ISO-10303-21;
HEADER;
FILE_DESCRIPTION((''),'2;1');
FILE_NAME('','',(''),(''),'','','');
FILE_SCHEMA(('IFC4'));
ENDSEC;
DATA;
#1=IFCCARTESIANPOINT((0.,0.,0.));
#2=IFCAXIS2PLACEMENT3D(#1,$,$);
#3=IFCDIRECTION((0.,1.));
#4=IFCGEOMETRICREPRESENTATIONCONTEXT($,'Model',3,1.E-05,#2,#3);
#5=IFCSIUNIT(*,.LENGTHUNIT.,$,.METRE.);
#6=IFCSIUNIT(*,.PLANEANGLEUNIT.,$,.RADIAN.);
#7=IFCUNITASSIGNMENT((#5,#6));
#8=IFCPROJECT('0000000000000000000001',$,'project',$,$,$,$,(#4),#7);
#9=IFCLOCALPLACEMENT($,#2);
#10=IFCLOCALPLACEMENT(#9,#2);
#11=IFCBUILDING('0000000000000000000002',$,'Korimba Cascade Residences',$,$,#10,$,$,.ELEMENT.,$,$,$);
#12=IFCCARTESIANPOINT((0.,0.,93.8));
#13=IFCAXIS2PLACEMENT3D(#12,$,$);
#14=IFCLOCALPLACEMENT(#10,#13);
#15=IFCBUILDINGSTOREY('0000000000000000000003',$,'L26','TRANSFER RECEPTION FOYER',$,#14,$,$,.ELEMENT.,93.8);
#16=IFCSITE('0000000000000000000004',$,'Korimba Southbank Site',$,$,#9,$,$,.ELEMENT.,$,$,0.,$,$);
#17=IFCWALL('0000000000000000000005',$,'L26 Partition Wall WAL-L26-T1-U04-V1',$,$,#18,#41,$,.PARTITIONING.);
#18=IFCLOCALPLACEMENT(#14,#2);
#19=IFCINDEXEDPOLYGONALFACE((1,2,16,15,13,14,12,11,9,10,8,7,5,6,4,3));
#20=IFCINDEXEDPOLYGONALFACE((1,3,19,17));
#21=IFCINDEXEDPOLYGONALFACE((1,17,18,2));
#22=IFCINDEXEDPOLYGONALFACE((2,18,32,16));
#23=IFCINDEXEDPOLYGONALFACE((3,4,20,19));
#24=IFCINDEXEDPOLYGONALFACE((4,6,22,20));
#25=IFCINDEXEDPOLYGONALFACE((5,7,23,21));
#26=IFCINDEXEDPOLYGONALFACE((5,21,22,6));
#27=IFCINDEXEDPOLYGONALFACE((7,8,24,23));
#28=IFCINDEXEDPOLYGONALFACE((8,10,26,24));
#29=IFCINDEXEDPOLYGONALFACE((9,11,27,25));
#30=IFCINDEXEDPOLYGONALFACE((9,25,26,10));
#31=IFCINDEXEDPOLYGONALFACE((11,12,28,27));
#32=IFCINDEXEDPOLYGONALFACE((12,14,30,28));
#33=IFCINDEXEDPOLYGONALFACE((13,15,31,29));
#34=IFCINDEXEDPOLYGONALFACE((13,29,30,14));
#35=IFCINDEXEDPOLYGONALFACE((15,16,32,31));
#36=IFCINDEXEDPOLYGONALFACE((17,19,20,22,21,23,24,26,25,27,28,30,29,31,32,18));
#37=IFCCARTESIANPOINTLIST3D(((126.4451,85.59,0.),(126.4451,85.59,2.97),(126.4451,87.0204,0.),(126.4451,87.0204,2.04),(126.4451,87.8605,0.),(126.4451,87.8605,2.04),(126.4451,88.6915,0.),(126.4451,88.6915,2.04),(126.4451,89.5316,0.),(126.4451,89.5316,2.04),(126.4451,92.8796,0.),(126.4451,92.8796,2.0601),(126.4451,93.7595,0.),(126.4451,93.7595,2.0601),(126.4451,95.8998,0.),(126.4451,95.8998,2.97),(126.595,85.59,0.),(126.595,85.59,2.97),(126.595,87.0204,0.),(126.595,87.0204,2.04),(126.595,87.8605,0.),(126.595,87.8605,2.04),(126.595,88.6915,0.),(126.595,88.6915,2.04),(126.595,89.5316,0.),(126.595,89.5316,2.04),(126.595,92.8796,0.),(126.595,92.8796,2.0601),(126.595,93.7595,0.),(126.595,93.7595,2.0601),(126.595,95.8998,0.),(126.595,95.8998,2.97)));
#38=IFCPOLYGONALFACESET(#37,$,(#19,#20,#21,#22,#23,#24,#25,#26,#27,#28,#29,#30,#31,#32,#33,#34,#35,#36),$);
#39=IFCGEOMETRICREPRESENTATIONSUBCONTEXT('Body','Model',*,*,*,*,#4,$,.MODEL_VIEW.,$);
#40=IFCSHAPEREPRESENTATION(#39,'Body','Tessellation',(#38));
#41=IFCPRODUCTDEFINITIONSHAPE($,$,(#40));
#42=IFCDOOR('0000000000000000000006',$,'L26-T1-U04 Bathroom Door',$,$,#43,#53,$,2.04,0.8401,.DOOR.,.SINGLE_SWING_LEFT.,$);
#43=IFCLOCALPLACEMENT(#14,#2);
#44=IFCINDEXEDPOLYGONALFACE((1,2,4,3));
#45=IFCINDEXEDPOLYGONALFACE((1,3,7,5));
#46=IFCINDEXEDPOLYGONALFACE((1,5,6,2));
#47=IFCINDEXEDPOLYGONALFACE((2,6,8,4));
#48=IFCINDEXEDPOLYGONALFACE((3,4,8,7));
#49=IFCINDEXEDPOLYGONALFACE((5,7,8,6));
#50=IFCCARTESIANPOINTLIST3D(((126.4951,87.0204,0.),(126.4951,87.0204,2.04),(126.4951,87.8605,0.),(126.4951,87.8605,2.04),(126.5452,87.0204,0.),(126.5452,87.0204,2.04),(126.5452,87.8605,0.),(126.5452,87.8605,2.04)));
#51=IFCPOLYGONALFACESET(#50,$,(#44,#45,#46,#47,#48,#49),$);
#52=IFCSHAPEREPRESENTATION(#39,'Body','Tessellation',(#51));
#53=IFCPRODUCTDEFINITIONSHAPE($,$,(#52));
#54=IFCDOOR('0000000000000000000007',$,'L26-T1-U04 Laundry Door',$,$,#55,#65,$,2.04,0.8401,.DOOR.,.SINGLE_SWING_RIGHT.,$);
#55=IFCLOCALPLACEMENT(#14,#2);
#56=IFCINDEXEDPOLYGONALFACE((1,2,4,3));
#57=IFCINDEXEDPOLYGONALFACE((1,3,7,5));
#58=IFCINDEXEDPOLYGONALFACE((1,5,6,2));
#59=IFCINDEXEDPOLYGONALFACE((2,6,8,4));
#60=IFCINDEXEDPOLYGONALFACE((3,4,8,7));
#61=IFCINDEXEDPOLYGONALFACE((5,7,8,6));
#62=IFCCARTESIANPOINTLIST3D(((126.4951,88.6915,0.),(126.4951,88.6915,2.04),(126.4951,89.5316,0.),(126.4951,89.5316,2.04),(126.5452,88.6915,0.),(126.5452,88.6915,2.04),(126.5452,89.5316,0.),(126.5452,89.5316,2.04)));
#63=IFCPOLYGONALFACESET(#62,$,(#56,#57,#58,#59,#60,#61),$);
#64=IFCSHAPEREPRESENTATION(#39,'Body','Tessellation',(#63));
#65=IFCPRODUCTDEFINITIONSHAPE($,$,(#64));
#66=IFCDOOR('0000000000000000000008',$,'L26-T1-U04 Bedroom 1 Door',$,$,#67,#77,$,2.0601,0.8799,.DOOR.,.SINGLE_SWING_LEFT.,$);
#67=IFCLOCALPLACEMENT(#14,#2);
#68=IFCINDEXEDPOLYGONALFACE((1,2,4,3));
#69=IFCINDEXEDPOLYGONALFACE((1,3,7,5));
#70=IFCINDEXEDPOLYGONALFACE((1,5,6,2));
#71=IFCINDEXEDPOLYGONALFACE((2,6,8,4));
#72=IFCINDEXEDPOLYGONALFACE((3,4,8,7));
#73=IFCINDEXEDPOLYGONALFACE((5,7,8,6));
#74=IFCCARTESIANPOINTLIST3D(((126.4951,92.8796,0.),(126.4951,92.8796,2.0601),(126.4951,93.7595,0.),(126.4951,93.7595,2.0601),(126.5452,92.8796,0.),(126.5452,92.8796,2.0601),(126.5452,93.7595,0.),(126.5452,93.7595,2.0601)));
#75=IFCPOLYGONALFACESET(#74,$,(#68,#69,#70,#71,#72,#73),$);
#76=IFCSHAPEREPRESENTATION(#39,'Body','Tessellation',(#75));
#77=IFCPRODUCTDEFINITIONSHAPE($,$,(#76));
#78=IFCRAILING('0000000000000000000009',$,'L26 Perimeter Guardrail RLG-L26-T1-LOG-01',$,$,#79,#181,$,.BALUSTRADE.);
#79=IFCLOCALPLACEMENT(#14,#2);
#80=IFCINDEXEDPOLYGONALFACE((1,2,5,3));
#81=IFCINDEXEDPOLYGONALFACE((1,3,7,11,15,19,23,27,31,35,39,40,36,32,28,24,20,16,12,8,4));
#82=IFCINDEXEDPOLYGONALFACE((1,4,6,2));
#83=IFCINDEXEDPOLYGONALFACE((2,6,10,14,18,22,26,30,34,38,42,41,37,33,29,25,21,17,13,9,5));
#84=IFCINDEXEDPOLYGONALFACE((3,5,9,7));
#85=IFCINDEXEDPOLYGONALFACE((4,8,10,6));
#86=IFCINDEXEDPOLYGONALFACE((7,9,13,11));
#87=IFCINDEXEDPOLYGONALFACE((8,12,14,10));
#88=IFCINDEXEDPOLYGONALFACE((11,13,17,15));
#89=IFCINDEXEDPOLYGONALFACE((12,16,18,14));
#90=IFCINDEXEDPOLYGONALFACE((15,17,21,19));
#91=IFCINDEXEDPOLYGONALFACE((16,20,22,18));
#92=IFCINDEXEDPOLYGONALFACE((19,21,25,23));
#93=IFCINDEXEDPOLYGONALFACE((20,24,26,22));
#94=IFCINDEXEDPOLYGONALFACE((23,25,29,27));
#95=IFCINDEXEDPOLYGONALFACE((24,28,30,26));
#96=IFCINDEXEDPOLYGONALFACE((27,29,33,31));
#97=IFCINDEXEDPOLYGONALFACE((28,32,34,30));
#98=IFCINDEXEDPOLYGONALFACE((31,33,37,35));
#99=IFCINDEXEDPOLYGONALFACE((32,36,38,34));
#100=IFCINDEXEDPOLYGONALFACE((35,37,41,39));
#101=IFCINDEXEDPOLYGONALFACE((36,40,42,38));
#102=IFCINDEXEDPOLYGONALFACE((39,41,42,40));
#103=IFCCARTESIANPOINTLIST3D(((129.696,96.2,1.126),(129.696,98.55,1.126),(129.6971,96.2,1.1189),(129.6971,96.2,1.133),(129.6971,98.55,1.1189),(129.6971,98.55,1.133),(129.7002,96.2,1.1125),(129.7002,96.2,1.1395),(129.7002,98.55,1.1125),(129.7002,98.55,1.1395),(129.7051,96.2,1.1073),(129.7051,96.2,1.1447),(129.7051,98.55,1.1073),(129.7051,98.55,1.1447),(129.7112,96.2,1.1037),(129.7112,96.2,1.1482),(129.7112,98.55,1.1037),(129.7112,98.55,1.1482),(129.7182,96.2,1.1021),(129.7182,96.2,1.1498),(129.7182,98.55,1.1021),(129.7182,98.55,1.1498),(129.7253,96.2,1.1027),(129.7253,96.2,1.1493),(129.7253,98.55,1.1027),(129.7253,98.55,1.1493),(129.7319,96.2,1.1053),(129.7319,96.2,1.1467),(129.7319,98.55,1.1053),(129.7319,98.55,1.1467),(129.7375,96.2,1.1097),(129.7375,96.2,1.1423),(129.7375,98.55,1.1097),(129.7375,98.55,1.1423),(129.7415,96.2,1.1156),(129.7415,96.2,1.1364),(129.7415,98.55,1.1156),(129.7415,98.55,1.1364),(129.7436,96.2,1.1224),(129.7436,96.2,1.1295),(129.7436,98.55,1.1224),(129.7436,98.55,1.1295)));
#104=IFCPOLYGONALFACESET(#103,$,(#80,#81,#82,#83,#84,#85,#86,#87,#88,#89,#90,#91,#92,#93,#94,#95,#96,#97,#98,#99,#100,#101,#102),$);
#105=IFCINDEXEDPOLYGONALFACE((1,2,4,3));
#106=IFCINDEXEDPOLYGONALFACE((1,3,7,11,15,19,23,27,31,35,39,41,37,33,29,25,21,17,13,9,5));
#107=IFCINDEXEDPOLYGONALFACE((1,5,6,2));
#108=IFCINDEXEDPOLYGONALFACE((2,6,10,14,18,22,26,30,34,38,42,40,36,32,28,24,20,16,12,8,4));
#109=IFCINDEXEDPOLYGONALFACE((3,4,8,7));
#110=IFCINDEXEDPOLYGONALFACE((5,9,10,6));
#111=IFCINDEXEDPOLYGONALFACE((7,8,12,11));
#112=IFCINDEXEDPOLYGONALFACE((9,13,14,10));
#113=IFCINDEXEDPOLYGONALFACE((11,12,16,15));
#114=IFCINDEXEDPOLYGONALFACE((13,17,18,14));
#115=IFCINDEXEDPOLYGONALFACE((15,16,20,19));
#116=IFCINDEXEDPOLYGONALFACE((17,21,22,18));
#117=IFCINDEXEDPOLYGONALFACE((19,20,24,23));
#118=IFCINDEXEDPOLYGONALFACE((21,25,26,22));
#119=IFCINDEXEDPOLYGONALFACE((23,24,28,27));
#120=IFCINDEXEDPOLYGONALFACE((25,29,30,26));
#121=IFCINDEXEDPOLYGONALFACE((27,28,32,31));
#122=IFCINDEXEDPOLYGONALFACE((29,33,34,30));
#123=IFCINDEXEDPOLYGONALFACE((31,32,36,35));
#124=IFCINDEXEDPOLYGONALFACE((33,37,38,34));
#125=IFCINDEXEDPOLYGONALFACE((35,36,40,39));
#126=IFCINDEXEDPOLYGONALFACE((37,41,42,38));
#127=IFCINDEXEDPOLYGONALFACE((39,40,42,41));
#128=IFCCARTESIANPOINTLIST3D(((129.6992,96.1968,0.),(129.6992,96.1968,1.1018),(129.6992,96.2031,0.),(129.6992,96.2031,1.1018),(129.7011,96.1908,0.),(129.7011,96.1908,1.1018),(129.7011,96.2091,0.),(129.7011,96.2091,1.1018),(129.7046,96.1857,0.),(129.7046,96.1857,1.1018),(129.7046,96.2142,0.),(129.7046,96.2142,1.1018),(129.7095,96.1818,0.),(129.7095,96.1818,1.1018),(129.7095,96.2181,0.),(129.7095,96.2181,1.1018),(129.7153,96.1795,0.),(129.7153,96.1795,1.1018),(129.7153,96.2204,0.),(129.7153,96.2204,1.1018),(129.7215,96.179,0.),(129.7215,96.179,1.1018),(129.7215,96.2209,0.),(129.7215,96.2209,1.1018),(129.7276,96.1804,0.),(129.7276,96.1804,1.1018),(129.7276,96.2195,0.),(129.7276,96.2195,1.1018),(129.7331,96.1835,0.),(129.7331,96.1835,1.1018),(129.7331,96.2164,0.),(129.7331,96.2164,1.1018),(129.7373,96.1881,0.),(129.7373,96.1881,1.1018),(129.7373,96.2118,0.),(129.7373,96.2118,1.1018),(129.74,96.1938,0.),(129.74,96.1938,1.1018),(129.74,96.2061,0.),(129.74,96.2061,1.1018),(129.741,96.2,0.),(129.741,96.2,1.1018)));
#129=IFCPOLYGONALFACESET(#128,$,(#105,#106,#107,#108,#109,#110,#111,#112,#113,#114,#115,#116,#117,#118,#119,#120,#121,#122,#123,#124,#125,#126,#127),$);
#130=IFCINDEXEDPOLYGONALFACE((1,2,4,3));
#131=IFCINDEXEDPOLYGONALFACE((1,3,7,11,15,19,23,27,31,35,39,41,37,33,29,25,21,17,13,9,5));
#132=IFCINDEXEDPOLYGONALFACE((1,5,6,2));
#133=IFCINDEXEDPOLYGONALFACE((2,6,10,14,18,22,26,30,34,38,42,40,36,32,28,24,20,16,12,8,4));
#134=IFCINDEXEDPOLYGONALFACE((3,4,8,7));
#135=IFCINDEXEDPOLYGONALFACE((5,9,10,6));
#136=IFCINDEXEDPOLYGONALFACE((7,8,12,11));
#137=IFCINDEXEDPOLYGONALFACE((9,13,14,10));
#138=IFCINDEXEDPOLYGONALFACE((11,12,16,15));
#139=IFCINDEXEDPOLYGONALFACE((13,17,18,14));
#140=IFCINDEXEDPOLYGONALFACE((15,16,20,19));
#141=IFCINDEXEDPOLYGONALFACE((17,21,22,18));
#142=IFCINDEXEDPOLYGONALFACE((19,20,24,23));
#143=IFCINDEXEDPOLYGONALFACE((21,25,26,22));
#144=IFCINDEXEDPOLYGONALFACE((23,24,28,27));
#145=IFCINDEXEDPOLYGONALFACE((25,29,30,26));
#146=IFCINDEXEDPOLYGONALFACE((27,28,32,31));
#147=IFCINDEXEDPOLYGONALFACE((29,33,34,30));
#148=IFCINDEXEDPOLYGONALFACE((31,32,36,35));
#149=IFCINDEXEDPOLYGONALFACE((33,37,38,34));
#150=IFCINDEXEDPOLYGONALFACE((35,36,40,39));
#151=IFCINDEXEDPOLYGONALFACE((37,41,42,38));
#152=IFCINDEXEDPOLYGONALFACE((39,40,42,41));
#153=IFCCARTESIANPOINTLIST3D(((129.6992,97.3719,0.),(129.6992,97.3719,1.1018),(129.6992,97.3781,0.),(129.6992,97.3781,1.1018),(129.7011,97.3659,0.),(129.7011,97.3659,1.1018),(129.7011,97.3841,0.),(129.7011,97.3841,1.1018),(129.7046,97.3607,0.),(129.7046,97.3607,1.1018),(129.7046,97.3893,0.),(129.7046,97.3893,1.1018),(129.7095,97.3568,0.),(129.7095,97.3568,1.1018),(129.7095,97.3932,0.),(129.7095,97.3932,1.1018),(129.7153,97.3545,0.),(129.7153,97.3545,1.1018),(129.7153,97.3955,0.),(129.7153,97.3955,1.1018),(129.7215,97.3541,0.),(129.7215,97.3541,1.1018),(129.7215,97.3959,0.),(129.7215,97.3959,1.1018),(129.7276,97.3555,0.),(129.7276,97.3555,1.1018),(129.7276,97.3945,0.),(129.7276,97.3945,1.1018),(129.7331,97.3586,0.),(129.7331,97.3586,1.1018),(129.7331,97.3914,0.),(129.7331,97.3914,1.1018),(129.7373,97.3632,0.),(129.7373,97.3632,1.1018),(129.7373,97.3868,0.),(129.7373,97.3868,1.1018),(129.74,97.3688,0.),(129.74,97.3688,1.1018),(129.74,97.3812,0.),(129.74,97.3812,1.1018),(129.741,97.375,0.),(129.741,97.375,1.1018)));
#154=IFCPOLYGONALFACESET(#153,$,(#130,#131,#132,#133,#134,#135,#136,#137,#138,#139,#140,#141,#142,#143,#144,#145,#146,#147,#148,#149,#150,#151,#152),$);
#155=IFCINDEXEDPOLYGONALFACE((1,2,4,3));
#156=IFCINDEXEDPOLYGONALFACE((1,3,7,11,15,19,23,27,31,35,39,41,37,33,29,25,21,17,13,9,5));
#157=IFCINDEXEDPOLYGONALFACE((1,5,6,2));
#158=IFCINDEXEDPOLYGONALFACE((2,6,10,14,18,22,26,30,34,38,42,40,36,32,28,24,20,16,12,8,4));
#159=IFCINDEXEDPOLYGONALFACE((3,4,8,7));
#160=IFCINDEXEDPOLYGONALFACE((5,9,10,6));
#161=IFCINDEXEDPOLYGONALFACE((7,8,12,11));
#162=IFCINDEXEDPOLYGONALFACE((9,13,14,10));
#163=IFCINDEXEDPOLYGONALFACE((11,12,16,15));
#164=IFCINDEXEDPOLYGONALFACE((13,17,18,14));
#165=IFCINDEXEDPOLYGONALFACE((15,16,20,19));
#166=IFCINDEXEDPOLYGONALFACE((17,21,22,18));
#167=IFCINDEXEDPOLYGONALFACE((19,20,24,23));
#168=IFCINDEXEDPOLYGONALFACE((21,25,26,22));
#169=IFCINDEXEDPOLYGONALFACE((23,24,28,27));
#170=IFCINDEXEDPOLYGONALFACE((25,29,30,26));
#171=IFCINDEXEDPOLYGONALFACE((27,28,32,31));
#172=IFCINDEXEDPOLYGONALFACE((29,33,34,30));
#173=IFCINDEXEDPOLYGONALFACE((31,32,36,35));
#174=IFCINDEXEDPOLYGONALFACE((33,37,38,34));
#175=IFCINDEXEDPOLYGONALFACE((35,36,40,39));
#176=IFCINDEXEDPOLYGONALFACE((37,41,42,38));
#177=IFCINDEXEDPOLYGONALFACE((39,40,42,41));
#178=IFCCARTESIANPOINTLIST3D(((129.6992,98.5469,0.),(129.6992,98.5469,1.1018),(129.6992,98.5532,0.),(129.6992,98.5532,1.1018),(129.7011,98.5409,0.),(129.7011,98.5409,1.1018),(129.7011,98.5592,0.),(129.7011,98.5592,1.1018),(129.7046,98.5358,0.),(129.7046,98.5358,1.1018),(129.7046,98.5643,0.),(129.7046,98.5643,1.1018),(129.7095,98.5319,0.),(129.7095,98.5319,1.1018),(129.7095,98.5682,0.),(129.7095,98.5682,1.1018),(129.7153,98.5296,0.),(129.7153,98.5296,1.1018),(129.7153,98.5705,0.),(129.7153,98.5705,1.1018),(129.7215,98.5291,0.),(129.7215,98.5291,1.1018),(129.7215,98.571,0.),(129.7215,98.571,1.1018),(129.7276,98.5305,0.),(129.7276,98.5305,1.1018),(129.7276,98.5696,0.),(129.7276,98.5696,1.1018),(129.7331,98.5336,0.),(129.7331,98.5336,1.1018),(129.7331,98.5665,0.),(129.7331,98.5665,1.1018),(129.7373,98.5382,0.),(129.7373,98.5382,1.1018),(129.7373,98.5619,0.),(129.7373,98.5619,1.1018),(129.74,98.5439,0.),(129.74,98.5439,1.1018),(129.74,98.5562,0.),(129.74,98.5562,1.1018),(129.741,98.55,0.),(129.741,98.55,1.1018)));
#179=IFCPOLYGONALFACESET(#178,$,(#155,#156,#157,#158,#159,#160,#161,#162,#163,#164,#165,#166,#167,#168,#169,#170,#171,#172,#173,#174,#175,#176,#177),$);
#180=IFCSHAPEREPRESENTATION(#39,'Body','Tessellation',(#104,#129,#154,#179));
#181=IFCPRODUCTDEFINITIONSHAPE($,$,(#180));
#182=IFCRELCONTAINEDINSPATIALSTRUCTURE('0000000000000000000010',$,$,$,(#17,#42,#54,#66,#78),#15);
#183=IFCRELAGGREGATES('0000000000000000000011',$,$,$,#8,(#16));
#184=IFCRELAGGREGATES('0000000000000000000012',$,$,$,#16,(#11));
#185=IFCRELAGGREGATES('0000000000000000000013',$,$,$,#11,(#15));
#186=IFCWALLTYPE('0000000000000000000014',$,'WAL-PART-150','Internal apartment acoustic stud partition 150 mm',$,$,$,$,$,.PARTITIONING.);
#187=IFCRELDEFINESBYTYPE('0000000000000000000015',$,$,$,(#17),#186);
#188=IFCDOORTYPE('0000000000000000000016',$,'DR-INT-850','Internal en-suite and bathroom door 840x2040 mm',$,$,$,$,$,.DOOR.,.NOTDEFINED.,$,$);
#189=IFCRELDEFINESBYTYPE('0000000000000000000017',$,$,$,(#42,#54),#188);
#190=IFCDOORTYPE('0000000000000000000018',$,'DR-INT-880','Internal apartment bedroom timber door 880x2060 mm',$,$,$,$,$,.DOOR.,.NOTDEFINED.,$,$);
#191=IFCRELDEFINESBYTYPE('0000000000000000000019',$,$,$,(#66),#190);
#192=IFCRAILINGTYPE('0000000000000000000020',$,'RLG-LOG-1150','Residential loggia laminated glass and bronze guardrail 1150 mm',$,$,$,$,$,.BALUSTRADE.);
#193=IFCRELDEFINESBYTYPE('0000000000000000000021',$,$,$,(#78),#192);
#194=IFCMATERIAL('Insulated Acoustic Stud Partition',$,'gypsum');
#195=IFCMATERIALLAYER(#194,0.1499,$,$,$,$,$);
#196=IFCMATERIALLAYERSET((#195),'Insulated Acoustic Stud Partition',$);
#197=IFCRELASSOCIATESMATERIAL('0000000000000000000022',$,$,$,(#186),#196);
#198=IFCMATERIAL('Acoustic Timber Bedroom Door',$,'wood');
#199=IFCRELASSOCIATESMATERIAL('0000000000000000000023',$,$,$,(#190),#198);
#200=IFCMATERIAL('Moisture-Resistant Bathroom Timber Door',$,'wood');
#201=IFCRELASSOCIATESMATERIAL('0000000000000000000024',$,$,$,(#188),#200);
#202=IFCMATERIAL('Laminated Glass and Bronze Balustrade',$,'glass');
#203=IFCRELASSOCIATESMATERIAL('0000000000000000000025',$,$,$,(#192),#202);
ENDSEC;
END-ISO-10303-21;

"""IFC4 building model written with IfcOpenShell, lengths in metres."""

from ifc_helpers import new_model, si_unit, direction, frame, frame_2d, origin, origin_2d, place, context, subcontext, project, spatial, rectangle, circle, extrude, material, layer, layer_set, type_object, element, fill, save


model = new_model("IFC4")

# Units and contexts
model_context = context("Model", 3, precision=1e-05, world=origin(), true_north=direction((0.0, 1.0)))
body_context = subcontext(model_context, "Body", "Model", "MODEL_VIEW")
ifc_project = project(units=[si_unit("LENGTHUNIT", "METRE"), si_unit("PLANEANGLEUNIT", "RADIAN")], contexts=[model_context])

# Site, building, storey
site_placement = place(None, origin())
site = spatial("IfcSite", under=ifc_project, at=site_placement, Name="Korimba Southbank Site", CompositionType="ELEMENT", RefElevation=0.0)
building_placement = place(site_placement, origin())
building = spatial("IfcBuilding", under=site, at=building_placement, Name="Korimba Cascade Residences", CompositionType="ELEMENT")
storey_placement = place(building_placement, frame((0.0, 0.0, 93.8)))
storey = spatial("IfcBuildingStorey", under=building, at=storey_placement, Name="L26", Description="TRANSFER RECEPTION FOYER", CompositionType="ELEMENT", Elevation=93.8)

# Shared definitions
ifc_material_1 = material(Name="Insulated Acoustic Stud Partition", Category="gypsum")
ifc_layer = layer(ifc_material_1, 0.1499)
ifc_layer_set = layer_set([ifc_layer], Name="Insulated Acoustic Stud Partition")
wall_type = type_object("IfcWallType", Name="WAL-PART-150", Description="Internal apartment acoustic stud partition 150 mm", PredefinedType="PARTITIONING", material=ifc_layer_set)
ifc_material_2 = material(Name="Acoustic Timber Bedroom Door", Category="wood")
door_type_1 = type_object("IfcDoorType", Name="DR-INT-880", Description="Internal apartment bedroom timber door 880x2060 mm", OperationType="NOTDEFINED", PredefinedType="DOOR", material=ifc_material_2)

# Wall, openings, doors
wall_1_placement = place(storey_placement, frame((126.52, 85.5901, 0.0), z_axis=(0.0, 0.0, 1.0), x_axis=(0.0, 1.0, 0.0)))
wall_1 = element("IfcWall", 1, at=wall_1_placement, inside=storey, type_object=wall_type, Name="L26 Partition Wall WAL-L26-T1-U04-V1", PredefinedType="PARTITIONING", context=body_context, shape_type="SweptSolid", body=[
    extrude(rectangle(XDim=10.3098, YDim=0.1499, at=frame_2d((5.1548, 0.0))), origin(), (0.0, 0.0, 1.0), 2.97),
])
opening_1_placement = place(wall_1_placement, frame((1.4304, 0.0, 0.0)))
opening_1 = element("IfcOpeningElement", 2, at=opening_1_placement, cuts=wall_1, PredefinedType="OPENING", context=body_context, shape_type="SweptSolid", body=[
    extrude(rectangle(XDim=0.8401, YDim=2.04, at=frame_2d((0.4199, 1.02))), frame((0.0, 0.085, 0.0), z_axis=(0.0, -1.0, 0.0), x_axis=(1.0, 0.0, 0.0)), (0.0, 0.0, 1.0), 0.1699),
])
opening_2_placement = place(wall_1_placement, frame((3.1016, 0.0, 0.0)))
opening_2 = element("IfcOpeningElement", 3, at=opening_2_placement, cuts=wall_1, PredefinedType="OPENING", context=body_context, shape_type="SweptSolid", body=[
    extrude(rectangle(XDim=0.8401, YDim=2.04, at=frame_2d((0.4199, 1.02))), frame((0.0, 0.085, 0.0), z_axis=(0.0, -1.0, 0.0), x_axis=(1.0, 0.0, 0.0)), (0.0, 0.0, 1.0), 0.1699),
])
opening_3_placement = place(wall_1_placement, frame((7.2896, 0.0, 0.0)))
opening_3 = element("IfcOpeningElement", 4, at=opening_3_placement, cuts=wall_1, PredefinedType="OPENING", context=body_context, shape_type="SweptSolid", body=[
    extrude(rectangle(XDim=0.8799, YDim=2.0601, at=frame_2d((0.4399, 1.03))), frame((0.0, 0.085, 0.0), z_axis=(0.0, -1.0, 0.0), x_axis=(1.0, 0.0, 0.0)), (0.0, 0.0, 1.0), 0.1699),
])
ifc_material_3 = material(Name="Moisture-Resistant Bathroom Timber Door", Category="wood")
door_type_2 = type_object("IfcDoorType", Name="DR-INT-850", Description="Internal en-suite and bathroom door 840x2040 mm", OperationType="NOTDEFINED", PredefinedType="DOOR", material=ifc_material_3)
door_1_placement = place(opening_1_placement, origin())
door_1 = element("IfcDoor", 5, at=door_1_placement, inside=storey, type_object=door_type_2, Name="L26-T1-U04 Bathroom Door", OperationType="SINGLE_SWING_LEFT", OverallHeight=2.04, OverallWidth=0.8401, PredefinedType="DOOR", context=body_context, shape_type="SweptSolid", body=[
    extrude(rectangle(XDim=0.8401, YDim=2.04, at=frame_2d((0.4199, 1.02))), frame((0.0, 0.0249, 0.0), z_axis=(0.0, -1.0, 0.0), x_axis=(1.0, 0.0, 0.0)), (0.0, 0.0, 1.0), 0.05),
])
fill(opening_1, door_1)
door_2_placement = place(opening_2_placement, origin())
door_2 = element("IfcDoor", 6, at=door_2_placement, inside=storey, type_object=door_type_2, Name="L26-T1-U04 Laundry Door", OperationType="SINGLE_SWING_RIGHT", OverallHeight=2.04, OverallWidth=0.8401, PredefinedType="DOOR", context=body_context, shape_type="SweptSolid", body=[
    extrude(rectangle(XDim=0.8401, YDim=2.04, at=frame_2d((0.4199, 1.02))), frame((0.0, 0.0249, 0.0), z_axis=(0.0, -1.0, 0.0), x_axis=(1.0, 0.0, 0.0)), (0.0, 0.0, 1.0), 0.05),
])
fill(opening_2, door_2)
door_3_placement = place(opening_3_placement, origin())
door_3 = element("IfcDoor", 7, at=door_3_placement, inside=storey, type_object=door_type_1, Name="L26-T1-U04 Bedroom 1 Door", OperationType="SINGLE_SWING_LEFT", OverallHeight=2.0601, OverallWidth=0.8799, PredefinedType="DOOR", context=body_context, shape_type="SweptSolid", body=[
    extrude(rectangle(XDim=0.8799, YDim=2.0601, at=frame_2d((0.4399, 1.03))), frame((0.0, 0.0249, 0.0), z_axis=(0.0, -1.0, 0.0), x_axis=(1.0, 0.0, 0.0)), (0.0, 0.0, 1.0), 0.05),
])
fill(opening_3, door_3)

# Railing
ifc_material_4 = material(Name="Laminated Glass and Bronze Balustrade", Category="glass")
railing_type = type_object("IfcRailingType", Name="RLG-LOG-1150", Description="Residential loggia laminated glass and bronze guardrail 1150 mm", PredefinedType="BALUSTRADE", material=ifc_material_4)
railing_1_placement = place(storey_placement, frame((129.72, 96.2, 0.0)))
element("IfcRailing", 8, at=railing_1_placement, inside=storey, type_object=railing_type, Name="L26 Perimeter Guardrail RLG-L26-T1-LOG-01", PredefinedType="BALUSTRADE", context=body_context, shape_type="SweptSolid", body=[
    extrude(circle(Radius=0.0239, at=origin_2d()), frame((0.0, 0.0, 1.126), z_axis=(0.0, 1.0, 0.0), x_axis=(-1.0, 0.0, 0.0)), (0.0, 0.0, 1.0), 2.3501),
    extrude(circle(Radius=0.021, at=origin_2d()), origin(), (0.0, 0.0, 1.0), 1.1018),
    extrude(circle(Radius=0.021, at=origin_2d()), frame((0.0, 1.175, 0.0)), (0.0, 0.0, 1.0), 1.1018),
    extrude(circle(Radius=0.021, at=origin_2d()), frame((0.0, 2.3501, 0.0)), (0.0, 0.0, 1.0), 1.1018),
])

save(model, "model.ifc")
